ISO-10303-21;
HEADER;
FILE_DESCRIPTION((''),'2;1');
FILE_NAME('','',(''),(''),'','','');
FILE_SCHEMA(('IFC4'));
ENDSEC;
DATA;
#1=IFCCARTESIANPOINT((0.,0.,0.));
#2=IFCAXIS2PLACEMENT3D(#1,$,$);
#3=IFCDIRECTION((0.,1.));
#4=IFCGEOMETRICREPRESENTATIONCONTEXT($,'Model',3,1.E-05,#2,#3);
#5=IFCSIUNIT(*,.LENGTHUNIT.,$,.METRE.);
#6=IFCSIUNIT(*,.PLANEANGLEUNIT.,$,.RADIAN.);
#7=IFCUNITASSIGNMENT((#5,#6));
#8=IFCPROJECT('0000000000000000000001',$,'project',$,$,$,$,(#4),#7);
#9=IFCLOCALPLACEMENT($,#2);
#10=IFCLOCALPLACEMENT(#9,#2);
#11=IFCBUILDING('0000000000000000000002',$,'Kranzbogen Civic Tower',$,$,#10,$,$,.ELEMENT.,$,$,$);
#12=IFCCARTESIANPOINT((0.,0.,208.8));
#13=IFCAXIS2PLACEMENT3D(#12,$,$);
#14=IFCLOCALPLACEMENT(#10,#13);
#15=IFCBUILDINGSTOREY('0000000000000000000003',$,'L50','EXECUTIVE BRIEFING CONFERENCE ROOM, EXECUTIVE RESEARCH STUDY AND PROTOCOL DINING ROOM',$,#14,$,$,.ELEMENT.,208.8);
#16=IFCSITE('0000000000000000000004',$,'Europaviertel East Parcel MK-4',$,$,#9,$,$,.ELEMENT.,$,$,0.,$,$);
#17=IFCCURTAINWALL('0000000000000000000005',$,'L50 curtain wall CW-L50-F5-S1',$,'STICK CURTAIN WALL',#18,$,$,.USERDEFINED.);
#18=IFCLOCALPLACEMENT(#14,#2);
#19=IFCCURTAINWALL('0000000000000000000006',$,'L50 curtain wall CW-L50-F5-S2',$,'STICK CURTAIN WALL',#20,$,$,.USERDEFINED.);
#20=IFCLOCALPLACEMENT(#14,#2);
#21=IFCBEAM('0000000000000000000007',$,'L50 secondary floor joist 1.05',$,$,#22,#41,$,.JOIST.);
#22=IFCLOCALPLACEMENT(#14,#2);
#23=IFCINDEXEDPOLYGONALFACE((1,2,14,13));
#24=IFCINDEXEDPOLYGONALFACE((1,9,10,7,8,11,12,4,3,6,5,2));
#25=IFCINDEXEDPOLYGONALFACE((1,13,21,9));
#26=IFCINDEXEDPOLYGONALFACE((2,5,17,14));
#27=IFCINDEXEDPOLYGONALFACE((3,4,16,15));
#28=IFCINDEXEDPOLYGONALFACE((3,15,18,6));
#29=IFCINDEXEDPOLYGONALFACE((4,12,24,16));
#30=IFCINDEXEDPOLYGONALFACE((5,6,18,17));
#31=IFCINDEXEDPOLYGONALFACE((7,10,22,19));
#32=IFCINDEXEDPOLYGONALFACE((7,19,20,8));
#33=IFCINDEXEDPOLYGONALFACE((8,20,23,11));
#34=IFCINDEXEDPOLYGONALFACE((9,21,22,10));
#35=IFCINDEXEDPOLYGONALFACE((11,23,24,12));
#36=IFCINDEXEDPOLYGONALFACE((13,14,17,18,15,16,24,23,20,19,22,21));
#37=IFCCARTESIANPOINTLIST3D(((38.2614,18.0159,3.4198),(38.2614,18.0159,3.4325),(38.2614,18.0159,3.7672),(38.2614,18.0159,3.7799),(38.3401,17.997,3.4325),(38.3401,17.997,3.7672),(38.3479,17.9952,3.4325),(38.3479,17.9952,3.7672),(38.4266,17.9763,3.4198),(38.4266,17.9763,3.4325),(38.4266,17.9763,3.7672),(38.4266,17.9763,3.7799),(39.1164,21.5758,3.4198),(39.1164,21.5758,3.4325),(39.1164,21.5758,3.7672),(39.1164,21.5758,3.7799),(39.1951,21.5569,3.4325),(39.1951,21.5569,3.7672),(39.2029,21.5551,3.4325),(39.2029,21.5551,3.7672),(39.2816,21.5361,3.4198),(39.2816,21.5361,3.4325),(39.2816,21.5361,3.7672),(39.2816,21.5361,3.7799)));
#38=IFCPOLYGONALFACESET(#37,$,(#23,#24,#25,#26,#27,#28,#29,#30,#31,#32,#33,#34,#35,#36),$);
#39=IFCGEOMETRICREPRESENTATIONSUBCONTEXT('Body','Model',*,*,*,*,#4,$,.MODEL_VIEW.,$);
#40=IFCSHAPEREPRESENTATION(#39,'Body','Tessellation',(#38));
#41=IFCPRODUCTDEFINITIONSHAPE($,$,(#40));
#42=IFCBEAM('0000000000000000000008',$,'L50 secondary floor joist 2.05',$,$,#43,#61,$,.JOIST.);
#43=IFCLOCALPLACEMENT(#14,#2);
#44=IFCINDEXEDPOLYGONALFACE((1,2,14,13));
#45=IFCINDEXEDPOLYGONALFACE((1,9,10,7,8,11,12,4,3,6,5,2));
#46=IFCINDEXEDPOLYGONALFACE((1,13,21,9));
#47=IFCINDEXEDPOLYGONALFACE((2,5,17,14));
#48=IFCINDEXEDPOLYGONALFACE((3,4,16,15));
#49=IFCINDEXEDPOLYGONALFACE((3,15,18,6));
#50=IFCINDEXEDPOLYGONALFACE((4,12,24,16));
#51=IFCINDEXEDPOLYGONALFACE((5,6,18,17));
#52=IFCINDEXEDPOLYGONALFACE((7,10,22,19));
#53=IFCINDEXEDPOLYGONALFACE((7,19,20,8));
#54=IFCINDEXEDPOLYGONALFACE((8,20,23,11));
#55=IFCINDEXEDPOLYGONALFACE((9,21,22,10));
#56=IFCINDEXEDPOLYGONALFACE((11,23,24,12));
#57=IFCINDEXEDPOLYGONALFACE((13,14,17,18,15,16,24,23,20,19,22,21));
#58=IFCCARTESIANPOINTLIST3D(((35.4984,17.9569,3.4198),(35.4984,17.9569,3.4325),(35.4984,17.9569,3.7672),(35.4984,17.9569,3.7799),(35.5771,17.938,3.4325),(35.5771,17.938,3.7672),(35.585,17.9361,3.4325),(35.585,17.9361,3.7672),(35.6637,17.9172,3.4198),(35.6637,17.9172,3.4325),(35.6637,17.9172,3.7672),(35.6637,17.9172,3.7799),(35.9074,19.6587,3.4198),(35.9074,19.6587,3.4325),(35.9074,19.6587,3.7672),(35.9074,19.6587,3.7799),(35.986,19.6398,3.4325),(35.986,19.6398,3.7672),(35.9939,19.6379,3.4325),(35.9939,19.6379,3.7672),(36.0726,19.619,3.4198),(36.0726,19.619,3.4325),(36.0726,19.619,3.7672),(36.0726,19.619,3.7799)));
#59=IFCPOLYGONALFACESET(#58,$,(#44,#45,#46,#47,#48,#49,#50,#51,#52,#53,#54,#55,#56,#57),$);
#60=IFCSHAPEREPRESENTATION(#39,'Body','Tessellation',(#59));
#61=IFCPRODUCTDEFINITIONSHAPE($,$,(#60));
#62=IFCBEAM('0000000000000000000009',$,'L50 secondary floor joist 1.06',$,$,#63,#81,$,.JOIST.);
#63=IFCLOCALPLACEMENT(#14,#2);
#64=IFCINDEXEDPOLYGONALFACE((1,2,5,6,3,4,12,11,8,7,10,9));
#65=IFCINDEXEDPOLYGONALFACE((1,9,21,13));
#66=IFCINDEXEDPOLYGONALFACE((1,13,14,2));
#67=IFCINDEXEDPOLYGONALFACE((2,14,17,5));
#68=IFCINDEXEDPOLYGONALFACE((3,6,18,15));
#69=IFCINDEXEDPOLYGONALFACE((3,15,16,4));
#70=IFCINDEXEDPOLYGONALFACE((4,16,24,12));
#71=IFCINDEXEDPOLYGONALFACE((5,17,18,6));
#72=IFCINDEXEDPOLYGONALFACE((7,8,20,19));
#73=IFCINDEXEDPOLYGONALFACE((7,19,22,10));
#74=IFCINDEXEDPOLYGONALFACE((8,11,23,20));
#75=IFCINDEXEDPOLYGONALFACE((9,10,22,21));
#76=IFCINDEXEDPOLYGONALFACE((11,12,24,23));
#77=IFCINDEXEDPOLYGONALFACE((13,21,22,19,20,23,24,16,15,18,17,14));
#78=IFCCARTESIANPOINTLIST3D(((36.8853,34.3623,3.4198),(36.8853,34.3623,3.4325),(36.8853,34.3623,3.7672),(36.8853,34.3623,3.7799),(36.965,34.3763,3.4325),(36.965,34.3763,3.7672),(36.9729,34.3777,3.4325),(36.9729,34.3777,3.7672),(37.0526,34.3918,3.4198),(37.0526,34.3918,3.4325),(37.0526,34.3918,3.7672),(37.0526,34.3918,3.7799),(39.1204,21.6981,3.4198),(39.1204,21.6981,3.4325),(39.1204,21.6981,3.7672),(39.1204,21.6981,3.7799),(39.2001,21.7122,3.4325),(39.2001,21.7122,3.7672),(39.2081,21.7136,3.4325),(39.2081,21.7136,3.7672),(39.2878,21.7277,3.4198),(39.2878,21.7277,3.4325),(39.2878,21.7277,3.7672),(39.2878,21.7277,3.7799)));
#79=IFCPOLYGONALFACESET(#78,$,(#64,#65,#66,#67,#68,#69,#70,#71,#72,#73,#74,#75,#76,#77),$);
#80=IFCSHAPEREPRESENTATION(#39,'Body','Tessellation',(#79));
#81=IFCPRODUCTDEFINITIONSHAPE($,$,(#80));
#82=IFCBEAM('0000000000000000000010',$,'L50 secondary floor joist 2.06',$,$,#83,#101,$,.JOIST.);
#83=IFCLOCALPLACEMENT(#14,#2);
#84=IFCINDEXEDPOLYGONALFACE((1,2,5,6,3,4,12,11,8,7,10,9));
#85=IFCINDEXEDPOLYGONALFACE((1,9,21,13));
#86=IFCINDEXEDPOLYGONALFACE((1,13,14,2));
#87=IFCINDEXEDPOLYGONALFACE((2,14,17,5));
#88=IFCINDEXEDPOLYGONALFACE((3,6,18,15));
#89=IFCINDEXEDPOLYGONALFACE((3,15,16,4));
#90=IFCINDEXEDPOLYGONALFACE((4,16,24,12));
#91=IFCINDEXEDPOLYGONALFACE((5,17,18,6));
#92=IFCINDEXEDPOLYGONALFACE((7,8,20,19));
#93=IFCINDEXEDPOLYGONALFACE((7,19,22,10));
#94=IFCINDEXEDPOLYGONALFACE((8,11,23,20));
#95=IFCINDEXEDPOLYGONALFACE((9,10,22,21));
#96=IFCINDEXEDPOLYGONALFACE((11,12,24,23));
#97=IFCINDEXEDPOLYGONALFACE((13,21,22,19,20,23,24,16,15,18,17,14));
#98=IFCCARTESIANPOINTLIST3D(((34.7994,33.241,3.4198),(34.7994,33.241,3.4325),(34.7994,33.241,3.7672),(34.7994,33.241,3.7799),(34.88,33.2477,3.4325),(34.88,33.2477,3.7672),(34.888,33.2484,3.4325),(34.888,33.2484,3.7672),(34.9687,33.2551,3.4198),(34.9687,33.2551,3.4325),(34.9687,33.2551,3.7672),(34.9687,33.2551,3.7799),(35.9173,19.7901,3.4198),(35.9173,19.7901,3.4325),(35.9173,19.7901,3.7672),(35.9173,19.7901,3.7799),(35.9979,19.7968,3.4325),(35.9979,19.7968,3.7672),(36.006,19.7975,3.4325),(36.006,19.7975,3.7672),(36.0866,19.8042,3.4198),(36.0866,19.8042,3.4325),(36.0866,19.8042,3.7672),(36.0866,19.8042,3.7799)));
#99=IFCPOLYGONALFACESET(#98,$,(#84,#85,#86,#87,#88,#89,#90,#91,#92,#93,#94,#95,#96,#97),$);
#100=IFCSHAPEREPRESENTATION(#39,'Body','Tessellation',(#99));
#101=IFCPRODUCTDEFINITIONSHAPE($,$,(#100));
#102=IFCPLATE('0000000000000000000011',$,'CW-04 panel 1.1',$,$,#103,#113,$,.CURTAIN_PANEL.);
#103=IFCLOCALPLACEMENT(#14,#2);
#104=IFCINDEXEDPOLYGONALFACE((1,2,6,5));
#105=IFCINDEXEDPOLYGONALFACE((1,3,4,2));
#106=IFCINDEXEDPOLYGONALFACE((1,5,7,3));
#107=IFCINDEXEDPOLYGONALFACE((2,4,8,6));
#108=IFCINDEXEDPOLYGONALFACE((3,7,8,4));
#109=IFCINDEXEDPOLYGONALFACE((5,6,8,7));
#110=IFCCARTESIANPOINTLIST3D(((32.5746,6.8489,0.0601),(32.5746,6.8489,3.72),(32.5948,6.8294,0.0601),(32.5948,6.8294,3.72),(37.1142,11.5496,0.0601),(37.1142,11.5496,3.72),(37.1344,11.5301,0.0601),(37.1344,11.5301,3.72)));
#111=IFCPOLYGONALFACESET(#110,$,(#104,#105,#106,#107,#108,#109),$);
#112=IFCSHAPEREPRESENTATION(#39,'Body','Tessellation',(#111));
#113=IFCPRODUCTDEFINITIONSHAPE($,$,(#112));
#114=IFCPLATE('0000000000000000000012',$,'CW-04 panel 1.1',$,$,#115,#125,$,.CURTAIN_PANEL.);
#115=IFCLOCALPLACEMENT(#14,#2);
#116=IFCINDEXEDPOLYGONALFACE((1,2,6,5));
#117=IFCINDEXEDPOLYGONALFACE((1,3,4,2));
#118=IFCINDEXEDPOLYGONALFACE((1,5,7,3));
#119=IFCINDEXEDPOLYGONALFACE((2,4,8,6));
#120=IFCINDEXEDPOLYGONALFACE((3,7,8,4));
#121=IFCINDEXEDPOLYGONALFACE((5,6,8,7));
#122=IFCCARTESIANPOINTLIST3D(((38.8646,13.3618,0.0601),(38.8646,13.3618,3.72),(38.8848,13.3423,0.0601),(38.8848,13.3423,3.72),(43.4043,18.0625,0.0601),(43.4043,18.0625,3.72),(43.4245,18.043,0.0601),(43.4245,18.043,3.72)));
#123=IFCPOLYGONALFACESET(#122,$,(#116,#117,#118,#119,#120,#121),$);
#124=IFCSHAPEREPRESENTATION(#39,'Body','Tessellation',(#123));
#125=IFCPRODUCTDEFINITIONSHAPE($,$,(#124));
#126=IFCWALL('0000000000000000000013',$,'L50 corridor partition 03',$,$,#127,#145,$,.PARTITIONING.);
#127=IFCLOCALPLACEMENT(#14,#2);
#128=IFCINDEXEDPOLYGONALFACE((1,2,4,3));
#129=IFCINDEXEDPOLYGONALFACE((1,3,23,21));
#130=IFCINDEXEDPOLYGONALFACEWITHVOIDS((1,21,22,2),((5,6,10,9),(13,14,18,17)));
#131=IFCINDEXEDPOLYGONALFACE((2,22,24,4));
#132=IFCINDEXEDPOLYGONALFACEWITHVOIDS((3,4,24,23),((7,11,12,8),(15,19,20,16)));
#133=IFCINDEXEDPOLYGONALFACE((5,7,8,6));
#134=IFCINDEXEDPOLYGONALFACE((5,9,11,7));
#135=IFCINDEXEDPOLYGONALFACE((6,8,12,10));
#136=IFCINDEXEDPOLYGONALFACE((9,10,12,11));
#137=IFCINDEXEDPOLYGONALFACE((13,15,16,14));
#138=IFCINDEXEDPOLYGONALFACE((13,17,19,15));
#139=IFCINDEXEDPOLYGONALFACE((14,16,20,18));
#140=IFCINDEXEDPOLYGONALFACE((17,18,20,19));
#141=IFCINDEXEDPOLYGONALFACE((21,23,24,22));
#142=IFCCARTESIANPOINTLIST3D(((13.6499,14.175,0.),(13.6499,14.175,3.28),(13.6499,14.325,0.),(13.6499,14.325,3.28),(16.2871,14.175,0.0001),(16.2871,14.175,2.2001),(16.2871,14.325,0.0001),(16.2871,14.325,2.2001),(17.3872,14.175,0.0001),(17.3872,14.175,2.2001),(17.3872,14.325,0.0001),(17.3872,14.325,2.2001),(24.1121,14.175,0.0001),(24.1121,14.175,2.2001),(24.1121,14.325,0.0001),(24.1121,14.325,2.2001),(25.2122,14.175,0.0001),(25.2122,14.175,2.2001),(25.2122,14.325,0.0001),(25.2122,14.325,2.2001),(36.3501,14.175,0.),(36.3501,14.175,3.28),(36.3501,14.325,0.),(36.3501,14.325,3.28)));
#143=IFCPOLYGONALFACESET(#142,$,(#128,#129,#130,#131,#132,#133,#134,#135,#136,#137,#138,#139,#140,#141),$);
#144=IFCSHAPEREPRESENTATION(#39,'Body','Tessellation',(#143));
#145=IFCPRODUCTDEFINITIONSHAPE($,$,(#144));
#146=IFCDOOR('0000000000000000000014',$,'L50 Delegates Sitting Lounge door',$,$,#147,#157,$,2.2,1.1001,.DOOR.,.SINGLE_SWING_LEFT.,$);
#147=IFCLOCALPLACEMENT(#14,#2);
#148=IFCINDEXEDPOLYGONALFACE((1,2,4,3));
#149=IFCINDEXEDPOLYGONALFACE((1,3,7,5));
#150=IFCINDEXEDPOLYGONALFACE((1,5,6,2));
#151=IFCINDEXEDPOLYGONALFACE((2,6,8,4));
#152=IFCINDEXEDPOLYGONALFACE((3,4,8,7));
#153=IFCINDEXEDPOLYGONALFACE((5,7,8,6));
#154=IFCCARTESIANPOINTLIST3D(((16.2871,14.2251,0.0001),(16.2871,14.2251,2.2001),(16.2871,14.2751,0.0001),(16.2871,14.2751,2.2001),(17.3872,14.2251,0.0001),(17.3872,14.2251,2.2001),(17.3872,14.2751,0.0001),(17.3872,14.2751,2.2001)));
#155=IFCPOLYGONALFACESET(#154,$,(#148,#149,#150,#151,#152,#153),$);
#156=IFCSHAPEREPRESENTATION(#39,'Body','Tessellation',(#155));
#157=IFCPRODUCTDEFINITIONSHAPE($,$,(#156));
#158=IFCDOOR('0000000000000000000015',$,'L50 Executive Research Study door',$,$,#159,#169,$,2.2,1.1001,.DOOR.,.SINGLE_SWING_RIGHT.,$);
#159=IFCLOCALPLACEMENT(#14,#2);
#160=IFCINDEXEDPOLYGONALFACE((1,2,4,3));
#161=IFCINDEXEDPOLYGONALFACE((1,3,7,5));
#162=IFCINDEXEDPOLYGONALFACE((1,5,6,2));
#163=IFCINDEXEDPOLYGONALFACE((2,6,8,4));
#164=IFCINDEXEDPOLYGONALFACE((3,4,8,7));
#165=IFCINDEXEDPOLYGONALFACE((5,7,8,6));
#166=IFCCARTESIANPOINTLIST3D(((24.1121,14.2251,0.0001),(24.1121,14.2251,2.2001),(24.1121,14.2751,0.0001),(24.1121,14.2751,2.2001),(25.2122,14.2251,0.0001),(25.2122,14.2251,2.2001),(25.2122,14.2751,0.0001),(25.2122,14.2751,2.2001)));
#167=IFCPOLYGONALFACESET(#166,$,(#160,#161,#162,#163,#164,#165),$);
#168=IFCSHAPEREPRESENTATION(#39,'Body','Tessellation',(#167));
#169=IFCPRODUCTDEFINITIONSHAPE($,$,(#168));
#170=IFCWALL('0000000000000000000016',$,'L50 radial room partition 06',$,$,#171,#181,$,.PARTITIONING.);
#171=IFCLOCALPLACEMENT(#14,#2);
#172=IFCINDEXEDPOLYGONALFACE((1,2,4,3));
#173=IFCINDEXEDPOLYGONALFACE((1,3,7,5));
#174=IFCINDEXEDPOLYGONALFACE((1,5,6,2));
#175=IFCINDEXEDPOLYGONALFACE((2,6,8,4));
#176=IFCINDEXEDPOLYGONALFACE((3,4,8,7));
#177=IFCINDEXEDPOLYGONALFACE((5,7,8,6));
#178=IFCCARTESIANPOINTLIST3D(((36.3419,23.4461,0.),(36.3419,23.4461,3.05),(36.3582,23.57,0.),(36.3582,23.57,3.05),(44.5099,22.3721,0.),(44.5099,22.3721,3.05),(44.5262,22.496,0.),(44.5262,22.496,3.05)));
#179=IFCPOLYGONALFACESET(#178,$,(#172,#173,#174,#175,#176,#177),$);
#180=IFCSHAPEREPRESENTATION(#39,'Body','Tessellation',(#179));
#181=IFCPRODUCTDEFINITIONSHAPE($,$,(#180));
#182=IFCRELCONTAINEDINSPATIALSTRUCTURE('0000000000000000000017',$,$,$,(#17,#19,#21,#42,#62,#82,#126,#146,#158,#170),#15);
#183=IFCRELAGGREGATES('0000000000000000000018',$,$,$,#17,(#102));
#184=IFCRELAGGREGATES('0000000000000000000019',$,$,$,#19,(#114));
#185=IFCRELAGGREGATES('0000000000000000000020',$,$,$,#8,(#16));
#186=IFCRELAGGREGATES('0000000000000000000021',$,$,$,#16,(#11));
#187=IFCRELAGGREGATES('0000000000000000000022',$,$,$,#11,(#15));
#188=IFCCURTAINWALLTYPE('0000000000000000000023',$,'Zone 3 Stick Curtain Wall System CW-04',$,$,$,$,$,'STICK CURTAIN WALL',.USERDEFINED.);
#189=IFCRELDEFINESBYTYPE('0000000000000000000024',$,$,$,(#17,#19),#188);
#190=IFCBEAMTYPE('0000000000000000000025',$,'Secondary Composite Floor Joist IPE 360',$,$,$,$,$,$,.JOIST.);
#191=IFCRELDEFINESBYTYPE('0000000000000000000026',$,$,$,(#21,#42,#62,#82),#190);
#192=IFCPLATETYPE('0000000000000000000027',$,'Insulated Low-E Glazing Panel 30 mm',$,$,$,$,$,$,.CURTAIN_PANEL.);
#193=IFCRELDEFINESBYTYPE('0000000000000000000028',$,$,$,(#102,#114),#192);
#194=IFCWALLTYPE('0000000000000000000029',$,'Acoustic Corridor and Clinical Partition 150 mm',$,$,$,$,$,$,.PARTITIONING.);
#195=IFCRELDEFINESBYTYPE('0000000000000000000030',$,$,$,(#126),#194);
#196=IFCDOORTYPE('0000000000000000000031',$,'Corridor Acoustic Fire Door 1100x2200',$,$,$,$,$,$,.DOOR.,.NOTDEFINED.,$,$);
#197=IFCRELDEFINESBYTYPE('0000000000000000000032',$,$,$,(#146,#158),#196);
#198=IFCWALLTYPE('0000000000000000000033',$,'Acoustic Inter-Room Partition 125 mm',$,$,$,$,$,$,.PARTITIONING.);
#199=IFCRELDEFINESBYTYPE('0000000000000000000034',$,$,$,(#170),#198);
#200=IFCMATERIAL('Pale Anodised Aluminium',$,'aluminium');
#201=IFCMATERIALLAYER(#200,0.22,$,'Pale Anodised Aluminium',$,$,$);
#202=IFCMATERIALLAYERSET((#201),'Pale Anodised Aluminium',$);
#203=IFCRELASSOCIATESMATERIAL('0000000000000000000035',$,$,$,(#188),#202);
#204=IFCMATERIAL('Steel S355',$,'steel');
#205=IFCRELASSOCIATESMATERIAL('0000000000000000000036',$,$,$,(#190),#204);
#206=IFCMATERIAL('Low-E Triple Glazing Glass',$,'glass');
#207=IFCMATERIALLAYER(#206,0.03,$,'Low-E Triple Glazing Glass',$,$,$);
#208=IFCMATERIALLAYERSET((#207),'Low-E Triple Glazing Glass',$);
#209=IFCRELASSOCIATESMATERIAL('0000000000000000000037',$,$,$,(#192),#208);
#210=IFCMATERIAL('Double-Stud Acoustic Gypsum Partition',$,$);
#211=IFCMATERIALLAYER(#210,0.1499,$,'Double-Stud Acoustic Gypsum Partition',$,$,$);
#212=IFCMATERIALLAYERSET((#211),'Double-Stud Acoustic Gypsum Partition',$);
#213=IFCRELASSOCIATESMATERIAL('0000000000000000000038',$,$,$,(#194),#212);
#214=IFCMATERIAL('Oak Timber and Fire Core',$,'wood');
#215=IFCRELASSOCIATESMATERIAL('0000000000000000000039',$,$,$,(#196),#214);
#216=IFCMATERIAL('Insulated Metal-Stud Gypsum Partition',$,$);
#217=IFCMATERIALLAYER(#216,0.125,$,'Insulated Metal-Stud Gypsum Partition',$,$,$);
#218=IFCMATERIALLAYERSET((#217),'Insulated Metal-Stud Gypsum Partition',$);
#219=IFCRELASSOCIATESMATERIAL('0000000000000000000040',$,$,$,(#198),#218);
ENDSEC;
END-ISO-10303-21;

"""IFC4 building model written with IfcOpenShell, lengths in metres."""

from ifc_helpers import new_model, si_unit, direction, frame, frame_2d, origin, origin_2d, place, context, subcontext, project, spatial, rectangle, i_section, extrude, material, layer, layer_set, material_profile, profile_set, type_object, element, fill, aggregate, save


model = new_model("IFC4")

# Units and contexts
model_context = context("Model", 3, precision=1e-05, world=origin(), true_north=direction((0.0, 1.0)))
body_context = subcontext(model_context, "Body", "Model", "MODEL_VIEW")
ifc_project = project(units=[si_unit("LENGTHUNIT", "METRE"), si_unit("PLANEANGLEUNIT", "RADIAN")], contexts=[model_context])

# Site, building, storey
site_placement = place(None, origin())
site = spatial("IfcSite", under=ifc_project, at=site_placement, Name="Europaviertel East Parcel MK-4", CompositionType="ELEMENT", RefElevation=0.0)
building_placement = place(site_placement, origin())
building = spatial("IfcBuilding", under=site, at=building_placement, Name="Kranzbogen Civic Tower", CompositionType="ELEMENT")
storey_placement = place(building_placement, frame((0.0, 0.0, 208.8)))
storey = spatial("IfcBuildingStorey", under=building, at=storey_placement, Name="L50", Description="EXECUTIVE BRIEFING CONFERENCE ROOM, EXECUTIVE RESEARCH STUDY AND PROTOCOL DINING ROOM", CompositionType="ELEMENT", Elevation=208.8)

# Shared definitions
ifc_material_1 = material(Name="Steel S355", Category="steel")

# Curtain wall
ifc_material_2 = material(Name="Pale Anodised Aluminium", Category="aluminium")
ifc_layer_1 = layer(ifc_material_2, 0.22, Name="Pale Anodised Aluminium")
ifc_layer_set_1 = layer_set([ifc_layer_1], Name="Pale Anodised Aluminium")
curtain_wall_type = type_object("IfcCurtainWallType", Name="Zone 3 Stick Curtain Wall System CW-04", ElementType="STICK CURTAIN WALL", PredefinedType="USERDEFINED", material=ifc_layer_set_1)
curtain_wall_1_placement = place(storey_placement, origin())
curtain_wall_1 = element("IfcCurtainWall", 1, at=curtain_wall_1_placement, inside=storey, type_object=curtain_wall_type, Name="L50 curtain wall CW-L50-F5-S1", ObjectType="STICK CURTAIN WALL", PredefinedType="USERDEFINED")

# Curtain wall
curtain_wall_2_placement = place(storey_placement, origin())
curtain_wall_2 = element("IfcCurtainWall", 2, at=curtain_wall_2_placement, inside=storey, type_object=curtain_wall_type, Name="L50 curtain wall CW-L50-F5-S2", ObjectType="STICK CURTAIN WALL", PredefinedType="USERDEFINED")

# Beams
ifc_material_profile_1 = material_profile(ifc_material_1, i_section(OverallWidth=0.1699, OverallDepth=0.3601, WebThickness=0.0081, FlangeThickness=0.0127, at=origin_2d()), Name="IPE 360")
ifc_profile_set_1 = profile_set([ifc_material_profile_1], Name="Steel S355")
beam_type_1 = type_object("IfcBeamType", Name="Secondary Composite Floor Joist IPE 360", PredefinedType="JOIST", material=ifc_profile_set_1)
beam_1_placement = place(storey_placement, frame((38.344, 17.9961, 3.5999), z_axis=(0.233534, 0.972349, 0.0), x_axis=(-0.972349, 0.233534, 0.0)))
element("IfcBeam", 3, at=beam_1_placement, inside=storey, type_object=beam_type_1, Name="L50 secondary floor joist 1.05", PredefinedType="JOIST", context=body_context, shape_type="SweptSolid", body=[
    extrude(i_section(OverallWidth=0.1699, OverallDepth=0.3601, WebThickness=0.0081, FlangeThickness=0.0127, at=origin_2d()), origin(), (0.0, 0.0, 1.0), 3.6611),
])
beam_2_placement = place(storey_placement, frame((35.5811, 17.937, 3.5999), z_axis=(0.233631, 0.972325, 0.0), x_axis=(-0.972325, 0.233631, 0.0)))
element("IfcBeam", 4, at=beam_2_placement, inside=storey, type_object=beam_type_1, Name="L50 secondary floor joist 2.05", PredefinedType="JOIST", context=body_context, shape_type="SweptSolid", body=[
    extrude(i_section(OverallWidth=0.1699, OverallDepth=0.3601, WebThickness=0.0081, FlangeThickness=0.0127, at=origin_2d()), origin(), (0.0, 0.0, 1.0), 1.7502),
])
beam_3_placement = place(storey_placement, frame((39.2041, 21.7129, 3.5999), z_axis=(-0.173806, 0.98478, 0.0), x_axis=(-0.98478, -0.173806, 0.0)))
element("IfcBeam", 5, at=beam_3_placement, inside=storey, type_object=beam_type_1, Name="L50 secondary floor joist 1.06", PredefinedType="JOIST", context=body_context, shape_type="SweptSolid", body=[
    extrude(i_section(OverallWidth=0.1699, OverallDepth=0.3601, WebThickness=0.0081, FlangeThickness=0.0127, at=origin_2d()), origin(), (0.0, 0.0, 1.0), 12.8599),
])
beam_4_placement = place(storey_placement, frame((36.002, 19.7971, 3.5999), z_axis=(-0.082825, 0.996564, 0.0), x_axis=(-0.996564, -0.082825, 0.0)))
element("IfcBeam", 6, at=beam_4_placement, inside=storey, type_object=beam_type_1, Name="L50 secondary floor joist 2.06", PredefinedType="JOIST", context=body_context, shape_type="SweptSolid", body=[
    extrude(i_section(OverallWidth=0.1699, OverallDepth=0.3601, WebThickness=0.0081, FlangeThickness=0.0127, at=origin_2d()), origin(), (0.0, 0.0, 1.0), 13.4973),
])

# Plates
ifc_material_3 = material(Name="Low-E Triple Glazing Glass", Category="glass")
ifc_layer_2 = layer(ifc_material_3, 0.03, Name="Low-E Triple Glazing Glass")
ifc_layer_set_2 = layer_set([ifc_layer_2], Name="Low-E Triple Glazing Glass")
plate_type = type_object("IfcPlateType", Name="Insulated Low-E Glazing Panel 30 mm", PredefinedType="CURTAIN_PANEL", material=ifc_layer_set_2)
plate_1_placement = place(storey_placement, frame((34.8545, 9.1895, 0.0601), z_axis=(0.0, 0.0, 1.0), x_axis=(0.694678, 0.719321, 0.0)))
plate_1 = element("IfcPlate", 7, at=plate_1_placement, type_object=plate_type, Name="CW-04 panel 1.1", PredefinedType="CURTAIN_PANEL", context=body_context, shape_type="SweptSolid", body=[
    extrude(rectangle(XDim=6.5349, YDim=0.0281, at=origin_2d()), origin(), (0.0, 0.0, 1.0), 3.6599),
])
aggregate(curtain_wall_1, [plate_1])
plate_2_placement = place(storey_placement, frame((41.1445, 15.7024, 0.0601), z_axis=(0.0, 0.0, 1.0), x_axis=(0.694678, 0.719321, 0.0)))
plate_2 = element("IfcPlate", 8, at=plate_2_placement, type_object=plate_type, Name="CW-04 panel 1.1", PredefinedType="CURTAIN_PANEL", context=body_context, shape_type="SweptSolid", body=[
    extrude(rectangle(XDim=6.5349, YDim=0.0281, at=origin_2d()), origin(), (0.0, 0.0, 1.0), 3.6599),
])
aggregate(curtain_wall_2, [plate_2])

# Wall, openings, doors
ifc_material_4 = material(Name="Double-Stud Acoustic Gypsum Partition")
ifc_layer_3 = layer(ifc_material_4, 0.1499, Name="Double-Stud Acoustic Gypsum Partition")
ifc_layer_set_3 = layer_set([ifc_layer_3], Name="Double-Stud Acoustic Gypsum Partition")
wall_type_1 = type_object("IfcWallType", Name="Acoustic Corridor and Clinical Partition 150 mm", PredefinedType="PARTITIONING", material=ifc_layer_set_3)
wall_1_placement = place(storey_placement, frame((36.3501, 14.25, 0.0), z_axis=(0.0, 0.0, 1.0), x_axis=(-1.0, 0.0, 0.0)))
wall_1 = element("IfcWall", 9, at=wall_1_placement, inside=storey, type_object=wall_type_1, Name="L50 corridor partition 03", PredefinedType="PARTITIONING", context=body_context, shape_type="SweptSolid", body=[
    extrude(rectangle(XDim=22.7002, YDim=0.1499, at=frame_2d((11.3501, 0.0))), origin(), (0.0, 0.0, 1.0), 3.28),
])
opening_1_placement = place(wall_1_placement, frame((18.9629, 0.0, 0.0)))
opening_1 = element("IfcOpeningElement", 10, at=opening_1_placement, cuts=wall_1, PredefinedType="OPENING", context=body_context, shape_type="SweptSolid", body=[
    extrude(rectangle(XDim=1.1001, YDim=2.2, at=frame_2d((0.55, 1.1001))), frame((0.0, 0.085, 0.0), z_axis=(0.0, -1.0, 0.0), x_axis=(1.0, 0.0, 0.0)), (0.0, 0.0, 1.0), 0.1699),
])
opening_2_placement = place(wall_1_placement, frame((11.1379, 0.0, 0.0)))
opening_2 = element("IfcOpeningElement", 11, at=opening_2_placement, cuts=wall_1, PredefinedType="OPENING", context=body_context, shape_type="SweptSolid", body=[
    extrude(rectangle(XDim=1.1001, YDim=2.2, at=frame_2d((0.55, 1.1001))), frame((0.0, 0.085, 0.0), z_axis=(0.0, -1.0, 0.0), x_axis=(1.0, 0.0, 0.0)), (0.0, 0.0, 1.0), 0.1699),
])
ifc_material_5 = material(Name="Oak Timber and Fire Core", Category="wood")
door_type_1 = type_object("IfcDoorType", Name="Corridor Acoustic Fire Door 1100x2200", OperationType="NOTDEFINED", PredefinedType="DOOR", material=ifc_material_5)
door_1_placement = place(opening_1_placement, origin())
door_1 = element("IfcDoor", 12, at=door_1_placement, inside=storey, type_object=door_type_1, Name="L50 Delegates Sitting Lounge door", OperationType="SINGLE_SWING_LEFT", OverallHeight=2.2, OverallWidth=1.1001, PredefinedType="DOOR", context=body_context, shape_type="SweptSolid", body=[
    extrude(rectangle(XDim=1.1001, YDim=2.2, at=frame_2d((0.55, 1.1001))), frame((0.0, 0.0249, 0.0), z_axis=(0.0, -1.0, 0.0), x_axis=(1.0, 0.0, 0.0)), (0.0, 0.0, 1.0), 0.05),
])
fill(opening_1, door_1)
door_2_placement = place(opening_2_placement, origin())
door_2 = element("IfcDoor", 13, at=door_2_placement, inside=storey, type_object=door_type_1, Name="L50 Executive Research Study door", OperationType="SINGLE_SWING_RIGHT", OverallHeight=2.2, OverallWidth=1.1001, PredefinedType="DOOR", context=body_context, shape_type="SweptSolid", body=[
    extrude(rectangle(XDim=1.1001, YDim=2.2, at=frame_2d((0.55, 1.1001))), frame((0.0, 0.0249, 0.0), z_axis=(0.0, -1.0, 0.0), x_axis=(1.0, 0.0, 0.0)), (0.0, 0.0, 1.0), 0.05),
])
fill(opening_2, door_2)

# Wall
ifc_material_6 = material(Name="Insulated Metal-Stud Gypsum Partition")
ifc_layer_4 = layer(ifc_material_6, 0.125, Name="Insulated Metal-Stud Gypsum Partition")
ifc_layer_set_4 = layer_set([ifc_layer_4], Name="Insulated Metal-Stud Gypsum Partition")
wall_type_2 = type_object("IfcWallType", Name="Acoustic Inter-Room Partition 125 mm", PredefinedType="PARTITIONING", material=ifc_layer_set_4)
wall_2_placement = place(storey_placement, frame((36.3501, 23.5081, 0.0), z_axis=(0.0, 0.0, 1.0), x_axis=(0.991466, -0.130364, 0.0)))
element("IfcWall", 14, at=wall_2_placement, inside=storey, type_object=wall_type_2, Name="L50 radial room partition 06", PredefinedType="PARTITIONING", context=body_context, shape_type="SweptSolid", body=[
    extrude(rectangle(XDim=8.2383, YDim=0.125, at=frame_2d((4.1191, 0.0))), origin(), (0.0, 0.0, 1.0), 3.05),
])

save(model, "model.ifc")
